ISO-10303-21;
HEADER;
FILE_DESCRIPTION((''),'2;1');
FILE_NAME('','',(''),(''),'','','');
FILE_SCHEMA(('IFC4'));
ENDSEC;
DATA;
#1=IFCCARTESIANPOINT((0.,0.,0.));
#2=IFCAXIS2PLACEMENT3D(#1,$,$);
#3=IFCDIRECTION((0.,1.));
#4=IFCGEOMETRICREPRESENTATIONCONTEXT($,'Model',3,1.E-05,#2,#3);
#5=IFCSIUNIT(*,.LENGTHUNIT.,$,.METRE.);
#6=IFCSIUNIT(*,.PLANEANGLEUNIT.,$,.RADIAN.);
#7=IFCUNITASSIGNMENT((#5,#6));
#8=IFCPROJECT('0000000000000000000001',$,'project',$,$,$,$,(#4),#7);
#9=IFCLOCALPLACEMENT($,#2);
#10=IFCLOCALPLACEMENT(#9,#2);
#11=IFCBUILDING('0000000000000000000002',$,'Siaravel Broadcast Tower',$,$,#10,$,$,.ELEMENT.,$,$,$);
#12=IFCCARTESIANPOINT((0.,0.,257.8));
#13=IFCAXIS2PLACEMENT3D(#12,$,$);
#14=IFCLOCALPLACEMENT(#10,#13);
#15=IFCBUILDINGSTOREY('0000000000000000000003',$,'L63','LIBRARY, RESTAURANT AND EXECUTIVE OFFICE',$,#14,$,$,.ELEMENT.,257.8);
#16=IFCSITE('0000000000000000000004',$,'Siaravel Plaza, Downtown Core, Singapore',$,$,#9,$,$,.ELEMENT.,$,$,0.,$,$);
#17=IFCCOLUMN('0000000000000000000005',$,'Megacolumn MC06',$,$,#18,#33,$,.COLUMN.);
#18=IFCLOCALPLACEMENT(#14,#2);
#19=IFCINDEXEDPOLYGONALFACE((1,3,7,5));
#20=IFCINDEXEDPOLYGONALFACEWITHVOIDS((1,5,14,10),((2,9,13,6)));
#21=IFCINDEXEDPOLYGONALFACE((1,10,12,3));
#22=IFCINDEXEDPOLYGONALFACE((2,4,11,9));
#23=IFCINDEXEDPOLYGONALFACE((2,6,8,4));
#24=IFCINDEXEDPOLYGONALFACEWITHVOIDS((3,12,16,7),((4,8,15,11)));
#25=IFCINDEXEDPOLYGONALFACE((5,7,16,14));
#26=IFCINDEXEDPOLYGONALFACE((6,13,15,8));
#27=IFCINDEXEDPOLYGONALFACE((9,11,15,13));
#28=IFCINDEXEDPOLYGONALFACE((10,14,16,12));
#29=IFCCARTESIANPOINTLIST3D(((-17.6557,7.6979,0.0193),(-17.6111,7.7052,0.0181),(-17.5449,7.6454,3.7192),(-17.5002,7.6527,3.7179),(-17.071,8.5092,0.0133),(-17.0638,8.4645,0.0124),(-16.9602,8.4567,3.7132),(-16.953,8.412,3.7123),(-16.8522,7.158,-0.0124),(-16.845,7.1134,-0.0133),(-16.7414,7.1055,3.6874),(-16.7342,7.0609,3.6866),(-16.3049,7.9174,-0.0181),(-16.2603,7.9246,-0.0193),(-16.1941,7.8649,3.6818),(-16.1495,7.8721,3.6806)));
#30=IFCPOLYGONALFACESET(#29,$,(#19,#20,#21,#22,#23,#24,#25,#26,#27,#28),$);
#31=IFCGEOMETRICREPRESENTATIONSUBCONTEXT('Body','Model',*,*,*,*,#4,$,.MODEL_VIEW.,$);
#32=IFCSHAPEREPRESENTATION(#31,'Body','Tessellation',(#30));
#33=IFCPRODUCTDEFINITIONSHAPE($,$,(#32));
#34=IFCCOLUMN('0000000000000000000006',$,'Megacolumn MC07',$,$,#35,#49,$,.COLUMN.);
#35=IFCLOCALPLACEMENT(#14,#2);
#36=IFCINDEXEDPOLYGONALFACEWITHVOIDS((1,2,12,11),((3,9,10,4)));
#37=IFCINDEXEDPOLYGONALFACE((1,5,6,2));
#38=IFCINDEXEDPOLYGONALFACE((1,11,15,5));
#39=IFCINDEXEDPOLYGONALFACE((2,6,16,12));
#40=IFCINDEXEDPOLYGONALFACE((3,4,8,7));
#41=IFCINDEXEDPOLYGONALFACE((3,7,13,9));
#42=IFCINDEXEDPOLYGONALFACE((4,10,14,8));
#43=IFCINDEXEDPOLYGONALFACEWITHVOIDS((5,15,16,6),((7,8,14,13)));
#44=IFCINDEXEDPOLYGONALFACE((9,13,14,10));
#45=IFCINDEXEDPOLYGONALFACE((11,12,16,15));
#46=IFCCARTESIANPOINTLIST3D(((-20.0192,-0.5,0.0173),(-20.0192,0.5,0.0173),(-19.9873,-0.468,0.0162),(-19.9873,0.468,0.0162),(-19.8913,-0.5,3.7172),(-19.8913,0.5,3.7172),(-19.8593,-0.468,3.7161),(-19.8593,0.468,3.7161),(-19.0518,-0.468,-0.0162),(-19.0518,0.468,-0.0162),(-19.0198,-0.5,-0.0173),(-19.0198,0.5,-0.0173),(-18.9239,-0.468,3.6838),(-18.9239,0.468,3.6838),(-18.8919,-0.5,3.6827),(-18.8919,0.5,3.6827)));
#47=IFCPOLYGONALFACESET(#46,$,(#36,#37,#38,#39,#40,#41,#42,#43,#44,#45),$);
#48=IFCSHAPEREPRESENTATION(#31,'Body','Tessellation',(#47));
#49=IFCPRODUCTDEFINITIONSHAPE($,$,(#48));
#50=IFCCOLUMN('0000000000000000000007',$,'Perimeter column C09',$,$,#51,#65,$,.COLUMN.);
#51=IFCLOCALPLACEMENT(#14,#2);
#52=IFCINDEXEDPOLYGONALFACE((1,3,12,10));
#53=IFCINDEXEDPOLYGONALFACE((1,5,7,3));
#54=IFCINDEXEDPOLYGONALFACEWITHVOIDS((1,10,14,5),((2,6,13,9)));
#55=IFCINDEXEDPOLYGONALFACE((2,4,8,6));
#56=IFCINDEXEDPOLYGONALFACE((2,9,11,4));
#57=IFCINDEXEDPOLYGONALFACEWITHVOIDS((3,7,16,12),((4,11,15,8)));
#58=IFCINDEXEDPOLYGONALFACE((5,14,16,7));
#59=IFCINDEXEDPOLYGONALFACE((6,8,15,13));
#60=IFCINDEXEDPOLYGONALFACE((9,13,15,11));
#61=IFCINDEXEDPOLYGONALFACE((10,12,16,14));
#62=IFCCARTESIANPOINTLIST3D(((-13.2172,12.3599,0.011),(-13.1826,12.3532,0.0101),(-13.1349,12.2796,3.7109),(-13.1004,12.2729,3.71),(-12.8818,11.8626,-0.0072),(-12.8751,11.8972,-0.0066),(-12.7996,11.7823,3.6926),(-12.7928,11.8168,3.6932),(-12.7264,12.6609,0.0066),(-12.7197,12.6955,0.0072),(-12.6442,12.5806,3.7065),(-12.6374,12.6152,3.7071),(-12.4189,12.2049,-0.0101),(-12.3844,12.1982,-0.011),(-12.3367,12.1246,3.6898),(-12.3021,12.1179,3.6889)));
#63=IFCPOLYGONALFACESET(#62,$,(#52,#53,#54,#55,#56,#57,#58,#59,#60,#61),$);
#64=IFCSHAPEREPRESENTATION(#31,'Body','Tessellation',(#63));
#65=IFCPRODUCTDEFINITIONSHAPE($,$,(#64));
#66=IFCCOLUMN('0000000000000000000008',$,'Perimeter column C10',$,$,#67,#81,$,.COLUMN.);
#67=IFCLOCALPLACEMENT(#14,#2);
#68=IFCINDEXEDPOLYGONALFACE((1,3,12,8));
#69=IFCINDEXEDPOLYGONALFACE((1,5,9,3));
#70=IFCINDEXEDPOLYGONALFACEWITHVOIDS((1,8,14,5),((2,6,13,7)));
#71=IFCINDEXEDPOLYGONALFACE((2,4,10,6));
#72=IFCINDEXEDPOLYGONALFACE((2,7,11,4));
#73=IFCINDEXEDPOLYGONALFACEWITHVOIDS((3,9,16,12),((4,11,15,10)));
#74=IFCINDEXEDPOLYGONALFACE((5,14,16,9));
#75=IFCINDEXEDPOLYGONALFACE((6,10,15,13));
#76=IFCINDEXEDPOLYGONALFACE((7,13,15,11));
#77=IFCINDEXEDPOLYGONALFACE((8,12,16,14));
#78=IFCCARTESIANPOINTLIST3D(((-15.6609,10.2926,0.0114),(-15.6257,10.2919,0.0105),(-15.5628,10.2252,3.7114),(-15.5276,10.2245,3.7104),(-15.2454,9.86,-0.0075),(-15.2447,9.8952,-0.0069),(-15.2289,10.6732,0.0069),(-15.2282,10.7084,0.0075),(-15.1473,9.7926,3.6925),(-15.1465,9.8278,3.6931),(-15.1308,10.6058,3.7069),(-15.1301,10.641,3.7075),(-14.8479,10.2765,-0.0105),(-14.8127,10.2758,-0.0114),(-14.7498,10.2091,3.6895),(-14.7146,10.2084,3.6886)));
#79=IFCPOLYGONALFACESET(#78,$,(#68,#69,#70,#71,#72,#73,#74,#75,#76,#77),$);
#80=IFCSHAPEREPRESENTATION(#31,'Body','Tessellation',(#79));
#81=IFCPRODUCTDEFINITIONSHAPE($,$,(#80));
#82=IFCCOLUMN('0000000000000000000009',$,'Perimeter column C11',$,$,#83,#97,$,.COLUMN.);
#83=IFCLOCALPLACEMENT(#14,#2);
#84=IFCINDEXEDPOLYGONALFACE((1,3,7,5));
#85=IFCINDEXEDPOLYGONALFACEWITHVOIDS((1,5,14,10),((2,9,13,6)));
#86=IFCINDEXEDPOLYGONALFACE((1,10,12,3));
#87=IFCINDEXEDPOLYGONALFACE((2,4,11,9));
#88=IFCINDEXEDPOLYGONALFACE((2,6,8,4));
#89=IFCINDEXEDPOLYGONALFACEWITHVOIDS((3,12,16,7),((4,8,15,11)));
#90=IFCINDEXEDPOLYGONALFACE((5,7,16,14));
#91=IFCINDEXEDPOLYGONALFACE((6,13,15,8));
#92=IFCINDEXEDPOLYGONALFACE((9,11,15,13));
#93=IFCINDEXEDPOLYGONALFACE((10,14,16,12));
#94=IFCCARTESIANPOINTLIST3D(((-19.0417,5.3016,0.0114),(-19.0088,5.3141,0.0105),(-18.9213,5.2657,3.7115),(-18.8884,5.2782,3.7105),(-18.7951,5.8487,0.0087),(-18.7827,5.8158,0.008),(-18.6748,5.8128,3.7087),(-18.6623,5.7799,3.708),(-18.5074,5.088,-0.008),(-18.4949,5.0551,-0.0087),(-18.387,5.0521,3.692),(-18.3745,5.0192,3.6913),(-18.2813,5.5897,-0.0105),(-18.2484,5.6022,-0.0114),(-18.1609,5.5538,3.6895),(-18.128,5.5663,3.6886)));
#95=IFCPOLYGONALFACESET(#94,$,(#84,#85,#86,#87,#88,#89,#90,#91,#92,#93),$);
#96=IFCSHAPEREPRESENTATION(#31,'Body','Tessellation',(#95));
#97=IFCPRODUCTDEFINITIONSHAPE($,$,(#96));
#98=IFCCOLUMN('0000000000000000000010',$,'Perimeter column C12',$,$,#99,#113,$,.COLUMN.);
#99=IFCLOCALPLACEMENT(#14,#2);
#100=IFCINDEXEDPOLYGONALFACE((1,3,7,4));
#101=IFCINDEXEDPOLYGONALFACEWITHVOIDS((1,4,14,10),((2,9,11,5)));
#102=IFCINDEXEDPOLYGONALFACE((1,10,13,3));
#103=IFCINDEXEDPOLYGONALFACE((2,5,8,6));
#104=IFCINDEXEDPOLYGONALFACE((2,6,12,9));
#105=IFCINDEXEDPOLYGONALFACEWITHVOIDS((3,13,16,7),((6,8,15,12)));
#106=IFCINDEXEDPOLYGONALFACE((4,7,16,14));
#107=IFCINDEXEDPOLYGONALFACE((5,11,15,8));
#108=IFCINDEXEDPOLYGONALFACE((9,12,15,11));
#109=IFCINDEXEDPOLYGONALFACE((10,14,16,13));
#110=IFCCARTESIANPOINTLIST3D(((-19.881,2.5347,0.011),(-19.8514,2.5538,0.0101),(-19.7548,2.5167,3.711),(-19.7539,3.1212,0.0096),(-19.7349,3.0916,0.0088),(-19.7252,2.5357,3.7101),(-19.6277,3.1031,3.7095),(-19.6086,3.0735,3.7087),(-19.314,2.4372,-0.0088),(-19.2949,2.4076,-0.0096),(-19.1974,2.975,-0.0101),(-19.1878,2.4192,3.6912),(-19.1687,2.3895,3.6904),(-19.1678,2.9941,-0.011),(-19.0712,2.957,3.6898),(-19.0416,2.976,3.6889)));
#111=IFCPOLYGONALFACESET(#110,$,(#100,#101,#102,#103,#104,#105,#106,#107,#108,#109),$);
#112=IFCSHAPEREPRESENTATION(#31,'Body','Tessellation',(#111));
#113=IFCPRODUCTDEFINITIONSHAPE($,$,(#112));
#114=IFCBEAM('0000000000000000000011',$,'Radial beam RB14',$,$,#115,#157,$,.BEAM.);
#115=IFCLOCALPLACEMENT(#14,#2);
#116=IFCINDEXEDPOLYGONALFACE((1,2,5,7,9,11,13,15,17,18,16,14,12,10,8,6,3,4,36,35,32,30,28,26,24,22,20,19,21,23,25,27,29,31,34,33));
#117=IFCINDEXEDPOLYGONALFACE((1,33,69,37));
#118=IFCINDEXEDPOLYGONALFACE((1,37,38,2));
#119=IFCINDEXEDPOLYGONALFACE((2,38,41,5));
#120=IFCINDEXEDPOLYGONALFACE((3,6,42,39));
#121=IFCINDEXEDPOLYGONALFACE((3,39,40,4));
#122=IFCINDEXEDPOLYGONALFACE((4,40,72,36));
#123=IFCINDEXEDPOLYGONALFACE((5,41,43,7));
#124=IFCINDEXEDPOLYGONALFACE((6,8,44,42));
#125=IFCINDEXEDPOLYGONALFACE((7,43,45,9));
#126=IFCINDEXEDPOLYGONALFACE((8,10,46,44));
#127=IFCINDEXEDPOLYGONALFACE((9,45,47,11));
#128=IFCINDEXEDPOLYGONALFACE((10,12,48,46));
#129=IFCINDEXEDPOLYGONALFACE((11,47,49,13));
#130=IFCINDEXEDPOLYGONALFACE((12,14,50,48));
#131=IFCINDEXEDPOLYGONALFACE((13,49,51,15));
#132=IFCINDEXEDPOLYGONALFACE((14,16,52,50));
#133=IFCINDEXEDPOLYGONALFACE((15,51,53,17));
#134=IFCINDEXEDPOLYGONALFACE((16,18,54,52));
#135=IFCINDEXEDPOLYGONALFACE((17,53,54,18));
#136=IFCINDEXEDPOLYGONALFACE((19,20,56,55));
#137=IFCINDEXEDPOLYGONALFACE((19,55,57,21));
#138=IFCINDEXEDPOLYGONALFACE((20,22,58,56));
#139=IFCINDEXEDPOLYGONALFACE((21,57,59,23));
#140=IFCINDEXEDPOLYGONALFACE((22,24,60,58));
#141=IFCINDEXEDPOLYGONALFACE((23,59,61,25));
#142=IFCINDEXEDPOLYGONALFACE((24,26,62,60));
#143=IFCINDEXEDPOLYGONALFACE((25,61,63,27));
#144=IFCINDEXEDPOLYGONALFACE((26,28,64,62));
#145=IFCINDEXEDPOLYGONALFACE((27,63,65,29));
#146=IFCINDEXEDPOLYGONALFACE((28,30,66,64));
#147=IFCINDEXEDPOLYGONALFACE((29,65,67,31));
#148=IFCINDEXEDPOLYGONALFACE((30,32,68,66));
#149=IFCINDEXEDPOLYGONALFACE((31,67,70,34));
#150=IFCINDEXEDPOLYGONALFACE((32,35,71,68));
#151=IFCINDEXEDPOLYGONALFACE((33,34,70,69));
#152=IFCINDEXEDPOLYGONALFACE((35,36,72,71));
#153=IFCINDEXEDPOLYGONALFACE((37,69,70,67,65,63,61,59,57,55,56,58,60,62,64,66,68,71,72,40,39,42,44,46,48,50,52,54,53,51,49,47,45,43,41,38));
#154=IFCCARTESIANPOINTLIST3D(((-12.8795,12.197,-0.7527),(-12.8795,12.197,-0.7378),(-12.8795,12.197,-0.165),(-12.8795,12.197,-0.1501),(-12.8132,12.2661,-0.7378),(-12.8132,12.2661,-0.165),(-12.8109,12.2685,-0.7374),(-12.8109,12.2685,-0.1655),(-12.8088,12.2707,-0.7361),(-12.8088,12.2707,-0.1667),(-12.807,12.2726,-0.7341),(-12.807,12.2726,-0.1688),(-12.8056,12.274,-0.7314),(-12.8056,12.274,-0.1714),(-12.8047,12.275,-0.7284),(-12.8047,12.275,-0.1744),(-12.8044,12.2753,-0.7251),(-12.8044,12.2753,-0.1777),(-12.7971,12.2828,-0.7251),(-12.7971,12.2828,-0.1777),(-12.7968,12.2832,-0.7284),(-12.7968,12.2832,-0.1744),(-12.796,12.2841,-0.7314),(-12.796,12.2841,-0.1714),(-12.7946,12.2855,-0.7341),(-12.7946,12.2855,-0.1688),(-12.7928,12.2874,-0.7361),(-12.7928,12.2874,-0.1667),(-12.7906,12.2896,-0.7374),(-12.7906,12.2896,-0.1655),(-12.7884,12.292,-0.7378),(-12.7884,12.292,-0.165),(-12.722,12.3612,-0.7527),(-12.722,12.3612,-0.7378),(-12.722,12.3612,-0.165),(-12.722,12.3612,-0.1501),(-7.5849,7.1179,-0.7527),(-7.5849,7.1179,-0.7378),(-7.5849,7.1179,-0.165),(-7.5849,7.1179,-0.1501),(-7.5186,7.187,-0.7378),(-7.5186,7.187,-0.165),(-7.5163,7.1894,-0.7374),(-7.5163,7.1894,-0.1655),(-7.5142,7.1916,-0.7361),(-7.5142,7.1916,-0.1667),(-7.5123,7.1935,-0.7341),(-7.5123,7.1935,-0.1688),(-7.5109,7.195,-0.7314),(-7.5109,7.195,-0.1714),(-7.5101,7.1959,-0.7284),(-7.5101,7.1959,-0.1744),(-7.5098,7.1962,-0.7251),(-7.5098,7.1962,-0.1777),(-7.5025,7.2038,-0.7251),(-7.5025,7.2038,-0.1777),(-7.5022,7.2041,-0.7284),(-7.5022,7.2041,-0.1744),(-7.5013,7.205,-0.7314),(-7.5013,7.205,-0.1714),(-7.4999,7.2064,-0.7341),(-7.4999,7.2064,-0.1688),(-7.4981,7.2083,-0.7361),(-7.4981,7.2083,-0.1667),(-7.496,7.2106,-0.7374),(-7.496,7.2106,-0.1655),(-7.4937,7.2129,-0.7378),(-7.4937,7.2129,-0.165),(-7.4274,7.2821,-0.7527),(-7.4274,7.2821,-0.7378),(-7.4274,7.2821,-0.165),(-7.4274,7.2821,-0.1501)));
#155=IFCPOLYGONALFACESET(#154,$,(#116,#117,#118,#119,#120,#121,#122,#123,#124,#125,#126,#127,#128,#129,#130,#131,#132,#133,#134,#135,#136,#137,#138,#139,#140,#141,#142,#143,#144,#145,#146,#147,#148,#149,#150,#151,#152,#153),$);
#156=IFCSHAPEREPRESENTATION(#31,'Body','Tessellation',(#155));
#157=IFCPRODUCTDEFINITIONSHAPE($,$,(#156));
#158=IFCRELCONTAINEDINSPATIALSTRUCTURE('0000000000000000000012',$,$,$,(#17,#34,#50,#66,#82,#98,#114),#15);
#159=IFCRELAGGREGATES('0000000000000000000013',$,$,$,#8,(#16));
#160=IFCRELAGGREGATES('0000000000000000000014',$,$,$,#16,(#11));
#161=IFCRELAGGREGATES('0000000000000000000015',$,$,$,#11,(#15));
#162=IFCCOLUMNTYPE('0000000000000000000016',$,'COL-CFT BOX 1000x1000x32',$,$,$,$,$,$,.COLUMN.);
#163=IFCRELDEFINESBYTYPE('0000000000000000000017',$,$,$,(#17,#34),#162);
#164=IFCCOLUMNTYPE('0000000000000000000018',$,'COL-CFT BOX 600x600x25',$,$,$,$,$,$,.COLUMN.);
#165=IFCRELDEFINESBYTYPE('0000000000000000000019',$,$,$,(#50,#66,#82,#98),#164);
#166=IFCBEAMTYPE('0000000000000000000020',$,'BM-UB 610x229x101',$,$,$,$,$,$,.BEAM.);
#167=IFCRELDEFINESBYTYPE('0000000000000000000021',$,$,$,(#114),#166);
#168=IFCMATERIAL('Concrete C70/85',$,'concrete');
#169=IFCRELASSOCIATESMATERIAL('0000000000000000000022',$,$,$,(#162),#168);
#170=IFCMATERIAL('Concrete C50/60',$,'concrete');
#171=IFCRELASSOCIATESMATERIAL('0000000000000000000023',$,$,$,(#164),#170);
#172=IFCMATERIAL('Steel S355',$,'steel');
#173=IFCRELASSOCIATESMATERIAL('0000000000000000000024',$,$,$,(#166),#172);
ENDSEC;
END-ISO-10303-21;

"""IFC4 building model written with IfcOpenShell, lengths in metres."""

from ifc_helpers import new_model, si_unit, direction, frame, origin, origin_2d, place, context, subcontext, project, spatial, hollow_rectangle, i_section, extrude, material, material_profile, profile_set, type_object, element, save


model = new_model("IFC4")

# Units and contexts
model_context = context("Model", 3, precision=1e-05, world=origin(), true_north=direction((0.0, 1.0)))
body_context = subcontext(model_context, "Body", "Model", "MODEL_VIEW")
ifc_project = project(units=[si_unit("LENGTHUNIT", "METRE"), si_unit("PLANEANGLEUNIT", "RADIAN")], contexts=[model_context])

# Site, building, storey
site_placement = place(None, origin())
site = spatial("IfcSite", under=ifc_project, at=site_placement, Name="Siaravel Plaza, Downtown Core, Singapore", CompositionType="ELEMENT", RefElevation=0.0)
building_placement = place(site_placement, origin())
building = spatial("IfcBuilding", under=site, at=building_placement, Name="Siaravel Broadcast Tower", CompositionType="ELEMENT")
storey_placement = place(building_placement, frame((0.0, 0.0, 257.8)))
storey = spatial("IfcBuildingStorey", under=building, at=storey_placement, Name="L63", Description="LIBRARY, RESTAURANT AND EXECUTIVE OFFICE", CompositionType="ELEMENT", Elevation=257.8)

# Columns
ifc_material_1 = material(Name="Concrete C70/85", Category="concrete")
ifc_material_profile_1 = material_profile(ifc_material_1, hollow_rectangle(XDim=1.0, YDim=1.0, WallThickness=0.032, at=origin_2d()))
ifc_profile_set_1 = profile_set([ifc_material_profile_1], Name="Concrete C70/85")
column_type_1 = type_object("IfcColumnType", Name="COL-CFT BOX 1000x1000x32", PredefinedType="COLUMN", material=ifc_profile_set_1)
column_1_placement = place(storey_placement, frame((-16.958, 7.8113, 0.0), z_axis=(0.029941, -0.014179, 0.999451), x_axis=(0.58468, 0.811242, -0.006006)))
element("IfcColumn", 1, at=column_1_placement, inside=storey, type_object=column_type_1, Name="Megacolumn MC06", PredefinedType="COLUMN", context=body_context, shape_type="SweptSolid", body=[
    extrude(hollow_rectangle(XDim=1.0, YDim=1.0, WallThickness=0.032, at=origin_2d()), origin(), (0.0, 0.0, 1.0), 3.7019),
])
column_2_placement = place(storey_placement, frame((-19.5195, 0.0, 0.0), z_axis=(0.034555, 0.0, 0.999403), x_axis=(0.0, 1.0, 0.0)))
element("IfcColumn", 2, at=column_2_placement, inside=storey, type_object=column_type_1, Name="Megacolumn MC07", PredefinedType="COLUMN", context=body_context, shape_type="SweptSolid", body=[
    extrude(hollow_rectangle(XDim=1.0, YDim=1.0, WallThickness=0.032, at=origin_2d()), origin(), (0.0, 0.0, 1.0), 3.7021),
])
ifc_material_2 = material(Name="Concrete C50/60", Category="concrete")
ifc_material_profile_2 = material_profile(ifc_material_2, hollow_rectangle(XDim=0.6001, YDim=0.6001, WallThickness=0.0249, at=origin_2d()))
ifc_profile_set_2 = profile_set([ifc_material_profile_2], Name="Concrete C50/60")
column_type_2 = type_object("IfcColumnType", Name="COL-CFT BOX 600x600x25", PredefinedType="COLUMN", material=ifc_profile_set_2)
column_3_placement = place(storey_placement, frame((-12.8008, 12.2791, 0.0), z_axis=(0.022226, -0.021699, 0.999517), x_axis=(0.828995, 0.559221, -0.006294)))
element("IfcColumn", 3, at=column_3_placement, inside=storey, type_object=column_type_2, Name="Perimeter column C09", PredefinedType="COLUMN", context=body_context, shape_type="SweptSolid", body=[
    extrude(hollow_rectangle(XDim=0.6001, YDim=0.6001, WallThickness=0.0249, at=origin_2d()), origin(), (0.0, 0.0, 1.0), 3.7017),
])
column_4_placement = place(storey_placement, frame((-15.2368, 10.2842, 0.0), z_axis=(0.026512, -0.018202, 0.999483), x_axis=(0.721012, 0.692892, -0.006507)))
element("IfcColumn", 4, at=column_4_placement, inside=storey, type_object=column_type_2, Name="Perimeter column C10", PredefinedType="COLUMN", context=body_context, shape_type="SweptSolid", body=[
    extrude(hollow_rectangle(XDim=0.6001, YDim=0.6001, WallThickness=0.0249, at=origin_2d()), origin(), (0.0, 0.0, 1.0), 3.7019),
])
for number, where, z_axis, x_axis, name in (
    (5, (-18.645, 5.4519, 0.0), (0.032512, -0.009694, 0.999424), (0.41084, 0.911696, -0.004522), "Perimeter column C11"),
    (6, (-19.5244, 2.7644, 0.0), (0.034094, -0.00488, 0.999407), (0.211873, 0.977294, -0.002456), "Perimeter column C12"),
):
    element("IfcColumn", number, at=place(storey_placement, frame(where, z_axis=z_axis, x_axis=x_axis)), inside=storey, type_object=column_type_2, Name=name, PredefinedType="COLUMN", context=body_context, shape_type="SweptSolid", body=[
        extrude(hollow_rectangle(XDim=0.6001, YDim=0.6001, WallThickness=0.0249, at=origin_2d()), origin(), (0.0, 0.0, 1.0), 3.7021),
    ])

# Beam
ifc_material_3 = material(Name="Steel S355", Category="steel")
ifc_material_profile_3 = material_profile(ifc_material_3, i_section(OverallWidth=0.2275, OverallDepth=0.6025, WebThickness=0.0105, FlangeThickness=0.0149, FilletRadius=0.0127, at=origin_2d()))
ifc_profile_set_3 = profile_set([ifc_material_profile_3], Name="Steel S355")
beam_type = type_object("IfcBeamType", Name="BM-UB 610x229x101", PredefinedType="BEAM", material=ifc_profile_set_3)
beam_1_placement = place(storey_placement, frame((-12.8008, 12.2791, -0.4514), z_axis=(0.721645, -0.692263, 0.0), x_axis=(0.692263, 0.721645, 0.0)))
element("IfcBeam", 7, at=beam_1_placement, inside=storey, type_object=beam_type, Name="Radial beam RB14", PredefinedType="BEAM", context=body_context, shape_type="SweptSolid", body=[
    extrude(i_section(OverallWidth=0.2275, OverallDepth=0.6025, WebThickness=0.0105, FlangeThickness=0.0149, FilletRadius=0.0127, at=origin_2d()), origin(), (0.0, 0.0, 1.0), 7.3369),
])

save(model, "model.ifc")
